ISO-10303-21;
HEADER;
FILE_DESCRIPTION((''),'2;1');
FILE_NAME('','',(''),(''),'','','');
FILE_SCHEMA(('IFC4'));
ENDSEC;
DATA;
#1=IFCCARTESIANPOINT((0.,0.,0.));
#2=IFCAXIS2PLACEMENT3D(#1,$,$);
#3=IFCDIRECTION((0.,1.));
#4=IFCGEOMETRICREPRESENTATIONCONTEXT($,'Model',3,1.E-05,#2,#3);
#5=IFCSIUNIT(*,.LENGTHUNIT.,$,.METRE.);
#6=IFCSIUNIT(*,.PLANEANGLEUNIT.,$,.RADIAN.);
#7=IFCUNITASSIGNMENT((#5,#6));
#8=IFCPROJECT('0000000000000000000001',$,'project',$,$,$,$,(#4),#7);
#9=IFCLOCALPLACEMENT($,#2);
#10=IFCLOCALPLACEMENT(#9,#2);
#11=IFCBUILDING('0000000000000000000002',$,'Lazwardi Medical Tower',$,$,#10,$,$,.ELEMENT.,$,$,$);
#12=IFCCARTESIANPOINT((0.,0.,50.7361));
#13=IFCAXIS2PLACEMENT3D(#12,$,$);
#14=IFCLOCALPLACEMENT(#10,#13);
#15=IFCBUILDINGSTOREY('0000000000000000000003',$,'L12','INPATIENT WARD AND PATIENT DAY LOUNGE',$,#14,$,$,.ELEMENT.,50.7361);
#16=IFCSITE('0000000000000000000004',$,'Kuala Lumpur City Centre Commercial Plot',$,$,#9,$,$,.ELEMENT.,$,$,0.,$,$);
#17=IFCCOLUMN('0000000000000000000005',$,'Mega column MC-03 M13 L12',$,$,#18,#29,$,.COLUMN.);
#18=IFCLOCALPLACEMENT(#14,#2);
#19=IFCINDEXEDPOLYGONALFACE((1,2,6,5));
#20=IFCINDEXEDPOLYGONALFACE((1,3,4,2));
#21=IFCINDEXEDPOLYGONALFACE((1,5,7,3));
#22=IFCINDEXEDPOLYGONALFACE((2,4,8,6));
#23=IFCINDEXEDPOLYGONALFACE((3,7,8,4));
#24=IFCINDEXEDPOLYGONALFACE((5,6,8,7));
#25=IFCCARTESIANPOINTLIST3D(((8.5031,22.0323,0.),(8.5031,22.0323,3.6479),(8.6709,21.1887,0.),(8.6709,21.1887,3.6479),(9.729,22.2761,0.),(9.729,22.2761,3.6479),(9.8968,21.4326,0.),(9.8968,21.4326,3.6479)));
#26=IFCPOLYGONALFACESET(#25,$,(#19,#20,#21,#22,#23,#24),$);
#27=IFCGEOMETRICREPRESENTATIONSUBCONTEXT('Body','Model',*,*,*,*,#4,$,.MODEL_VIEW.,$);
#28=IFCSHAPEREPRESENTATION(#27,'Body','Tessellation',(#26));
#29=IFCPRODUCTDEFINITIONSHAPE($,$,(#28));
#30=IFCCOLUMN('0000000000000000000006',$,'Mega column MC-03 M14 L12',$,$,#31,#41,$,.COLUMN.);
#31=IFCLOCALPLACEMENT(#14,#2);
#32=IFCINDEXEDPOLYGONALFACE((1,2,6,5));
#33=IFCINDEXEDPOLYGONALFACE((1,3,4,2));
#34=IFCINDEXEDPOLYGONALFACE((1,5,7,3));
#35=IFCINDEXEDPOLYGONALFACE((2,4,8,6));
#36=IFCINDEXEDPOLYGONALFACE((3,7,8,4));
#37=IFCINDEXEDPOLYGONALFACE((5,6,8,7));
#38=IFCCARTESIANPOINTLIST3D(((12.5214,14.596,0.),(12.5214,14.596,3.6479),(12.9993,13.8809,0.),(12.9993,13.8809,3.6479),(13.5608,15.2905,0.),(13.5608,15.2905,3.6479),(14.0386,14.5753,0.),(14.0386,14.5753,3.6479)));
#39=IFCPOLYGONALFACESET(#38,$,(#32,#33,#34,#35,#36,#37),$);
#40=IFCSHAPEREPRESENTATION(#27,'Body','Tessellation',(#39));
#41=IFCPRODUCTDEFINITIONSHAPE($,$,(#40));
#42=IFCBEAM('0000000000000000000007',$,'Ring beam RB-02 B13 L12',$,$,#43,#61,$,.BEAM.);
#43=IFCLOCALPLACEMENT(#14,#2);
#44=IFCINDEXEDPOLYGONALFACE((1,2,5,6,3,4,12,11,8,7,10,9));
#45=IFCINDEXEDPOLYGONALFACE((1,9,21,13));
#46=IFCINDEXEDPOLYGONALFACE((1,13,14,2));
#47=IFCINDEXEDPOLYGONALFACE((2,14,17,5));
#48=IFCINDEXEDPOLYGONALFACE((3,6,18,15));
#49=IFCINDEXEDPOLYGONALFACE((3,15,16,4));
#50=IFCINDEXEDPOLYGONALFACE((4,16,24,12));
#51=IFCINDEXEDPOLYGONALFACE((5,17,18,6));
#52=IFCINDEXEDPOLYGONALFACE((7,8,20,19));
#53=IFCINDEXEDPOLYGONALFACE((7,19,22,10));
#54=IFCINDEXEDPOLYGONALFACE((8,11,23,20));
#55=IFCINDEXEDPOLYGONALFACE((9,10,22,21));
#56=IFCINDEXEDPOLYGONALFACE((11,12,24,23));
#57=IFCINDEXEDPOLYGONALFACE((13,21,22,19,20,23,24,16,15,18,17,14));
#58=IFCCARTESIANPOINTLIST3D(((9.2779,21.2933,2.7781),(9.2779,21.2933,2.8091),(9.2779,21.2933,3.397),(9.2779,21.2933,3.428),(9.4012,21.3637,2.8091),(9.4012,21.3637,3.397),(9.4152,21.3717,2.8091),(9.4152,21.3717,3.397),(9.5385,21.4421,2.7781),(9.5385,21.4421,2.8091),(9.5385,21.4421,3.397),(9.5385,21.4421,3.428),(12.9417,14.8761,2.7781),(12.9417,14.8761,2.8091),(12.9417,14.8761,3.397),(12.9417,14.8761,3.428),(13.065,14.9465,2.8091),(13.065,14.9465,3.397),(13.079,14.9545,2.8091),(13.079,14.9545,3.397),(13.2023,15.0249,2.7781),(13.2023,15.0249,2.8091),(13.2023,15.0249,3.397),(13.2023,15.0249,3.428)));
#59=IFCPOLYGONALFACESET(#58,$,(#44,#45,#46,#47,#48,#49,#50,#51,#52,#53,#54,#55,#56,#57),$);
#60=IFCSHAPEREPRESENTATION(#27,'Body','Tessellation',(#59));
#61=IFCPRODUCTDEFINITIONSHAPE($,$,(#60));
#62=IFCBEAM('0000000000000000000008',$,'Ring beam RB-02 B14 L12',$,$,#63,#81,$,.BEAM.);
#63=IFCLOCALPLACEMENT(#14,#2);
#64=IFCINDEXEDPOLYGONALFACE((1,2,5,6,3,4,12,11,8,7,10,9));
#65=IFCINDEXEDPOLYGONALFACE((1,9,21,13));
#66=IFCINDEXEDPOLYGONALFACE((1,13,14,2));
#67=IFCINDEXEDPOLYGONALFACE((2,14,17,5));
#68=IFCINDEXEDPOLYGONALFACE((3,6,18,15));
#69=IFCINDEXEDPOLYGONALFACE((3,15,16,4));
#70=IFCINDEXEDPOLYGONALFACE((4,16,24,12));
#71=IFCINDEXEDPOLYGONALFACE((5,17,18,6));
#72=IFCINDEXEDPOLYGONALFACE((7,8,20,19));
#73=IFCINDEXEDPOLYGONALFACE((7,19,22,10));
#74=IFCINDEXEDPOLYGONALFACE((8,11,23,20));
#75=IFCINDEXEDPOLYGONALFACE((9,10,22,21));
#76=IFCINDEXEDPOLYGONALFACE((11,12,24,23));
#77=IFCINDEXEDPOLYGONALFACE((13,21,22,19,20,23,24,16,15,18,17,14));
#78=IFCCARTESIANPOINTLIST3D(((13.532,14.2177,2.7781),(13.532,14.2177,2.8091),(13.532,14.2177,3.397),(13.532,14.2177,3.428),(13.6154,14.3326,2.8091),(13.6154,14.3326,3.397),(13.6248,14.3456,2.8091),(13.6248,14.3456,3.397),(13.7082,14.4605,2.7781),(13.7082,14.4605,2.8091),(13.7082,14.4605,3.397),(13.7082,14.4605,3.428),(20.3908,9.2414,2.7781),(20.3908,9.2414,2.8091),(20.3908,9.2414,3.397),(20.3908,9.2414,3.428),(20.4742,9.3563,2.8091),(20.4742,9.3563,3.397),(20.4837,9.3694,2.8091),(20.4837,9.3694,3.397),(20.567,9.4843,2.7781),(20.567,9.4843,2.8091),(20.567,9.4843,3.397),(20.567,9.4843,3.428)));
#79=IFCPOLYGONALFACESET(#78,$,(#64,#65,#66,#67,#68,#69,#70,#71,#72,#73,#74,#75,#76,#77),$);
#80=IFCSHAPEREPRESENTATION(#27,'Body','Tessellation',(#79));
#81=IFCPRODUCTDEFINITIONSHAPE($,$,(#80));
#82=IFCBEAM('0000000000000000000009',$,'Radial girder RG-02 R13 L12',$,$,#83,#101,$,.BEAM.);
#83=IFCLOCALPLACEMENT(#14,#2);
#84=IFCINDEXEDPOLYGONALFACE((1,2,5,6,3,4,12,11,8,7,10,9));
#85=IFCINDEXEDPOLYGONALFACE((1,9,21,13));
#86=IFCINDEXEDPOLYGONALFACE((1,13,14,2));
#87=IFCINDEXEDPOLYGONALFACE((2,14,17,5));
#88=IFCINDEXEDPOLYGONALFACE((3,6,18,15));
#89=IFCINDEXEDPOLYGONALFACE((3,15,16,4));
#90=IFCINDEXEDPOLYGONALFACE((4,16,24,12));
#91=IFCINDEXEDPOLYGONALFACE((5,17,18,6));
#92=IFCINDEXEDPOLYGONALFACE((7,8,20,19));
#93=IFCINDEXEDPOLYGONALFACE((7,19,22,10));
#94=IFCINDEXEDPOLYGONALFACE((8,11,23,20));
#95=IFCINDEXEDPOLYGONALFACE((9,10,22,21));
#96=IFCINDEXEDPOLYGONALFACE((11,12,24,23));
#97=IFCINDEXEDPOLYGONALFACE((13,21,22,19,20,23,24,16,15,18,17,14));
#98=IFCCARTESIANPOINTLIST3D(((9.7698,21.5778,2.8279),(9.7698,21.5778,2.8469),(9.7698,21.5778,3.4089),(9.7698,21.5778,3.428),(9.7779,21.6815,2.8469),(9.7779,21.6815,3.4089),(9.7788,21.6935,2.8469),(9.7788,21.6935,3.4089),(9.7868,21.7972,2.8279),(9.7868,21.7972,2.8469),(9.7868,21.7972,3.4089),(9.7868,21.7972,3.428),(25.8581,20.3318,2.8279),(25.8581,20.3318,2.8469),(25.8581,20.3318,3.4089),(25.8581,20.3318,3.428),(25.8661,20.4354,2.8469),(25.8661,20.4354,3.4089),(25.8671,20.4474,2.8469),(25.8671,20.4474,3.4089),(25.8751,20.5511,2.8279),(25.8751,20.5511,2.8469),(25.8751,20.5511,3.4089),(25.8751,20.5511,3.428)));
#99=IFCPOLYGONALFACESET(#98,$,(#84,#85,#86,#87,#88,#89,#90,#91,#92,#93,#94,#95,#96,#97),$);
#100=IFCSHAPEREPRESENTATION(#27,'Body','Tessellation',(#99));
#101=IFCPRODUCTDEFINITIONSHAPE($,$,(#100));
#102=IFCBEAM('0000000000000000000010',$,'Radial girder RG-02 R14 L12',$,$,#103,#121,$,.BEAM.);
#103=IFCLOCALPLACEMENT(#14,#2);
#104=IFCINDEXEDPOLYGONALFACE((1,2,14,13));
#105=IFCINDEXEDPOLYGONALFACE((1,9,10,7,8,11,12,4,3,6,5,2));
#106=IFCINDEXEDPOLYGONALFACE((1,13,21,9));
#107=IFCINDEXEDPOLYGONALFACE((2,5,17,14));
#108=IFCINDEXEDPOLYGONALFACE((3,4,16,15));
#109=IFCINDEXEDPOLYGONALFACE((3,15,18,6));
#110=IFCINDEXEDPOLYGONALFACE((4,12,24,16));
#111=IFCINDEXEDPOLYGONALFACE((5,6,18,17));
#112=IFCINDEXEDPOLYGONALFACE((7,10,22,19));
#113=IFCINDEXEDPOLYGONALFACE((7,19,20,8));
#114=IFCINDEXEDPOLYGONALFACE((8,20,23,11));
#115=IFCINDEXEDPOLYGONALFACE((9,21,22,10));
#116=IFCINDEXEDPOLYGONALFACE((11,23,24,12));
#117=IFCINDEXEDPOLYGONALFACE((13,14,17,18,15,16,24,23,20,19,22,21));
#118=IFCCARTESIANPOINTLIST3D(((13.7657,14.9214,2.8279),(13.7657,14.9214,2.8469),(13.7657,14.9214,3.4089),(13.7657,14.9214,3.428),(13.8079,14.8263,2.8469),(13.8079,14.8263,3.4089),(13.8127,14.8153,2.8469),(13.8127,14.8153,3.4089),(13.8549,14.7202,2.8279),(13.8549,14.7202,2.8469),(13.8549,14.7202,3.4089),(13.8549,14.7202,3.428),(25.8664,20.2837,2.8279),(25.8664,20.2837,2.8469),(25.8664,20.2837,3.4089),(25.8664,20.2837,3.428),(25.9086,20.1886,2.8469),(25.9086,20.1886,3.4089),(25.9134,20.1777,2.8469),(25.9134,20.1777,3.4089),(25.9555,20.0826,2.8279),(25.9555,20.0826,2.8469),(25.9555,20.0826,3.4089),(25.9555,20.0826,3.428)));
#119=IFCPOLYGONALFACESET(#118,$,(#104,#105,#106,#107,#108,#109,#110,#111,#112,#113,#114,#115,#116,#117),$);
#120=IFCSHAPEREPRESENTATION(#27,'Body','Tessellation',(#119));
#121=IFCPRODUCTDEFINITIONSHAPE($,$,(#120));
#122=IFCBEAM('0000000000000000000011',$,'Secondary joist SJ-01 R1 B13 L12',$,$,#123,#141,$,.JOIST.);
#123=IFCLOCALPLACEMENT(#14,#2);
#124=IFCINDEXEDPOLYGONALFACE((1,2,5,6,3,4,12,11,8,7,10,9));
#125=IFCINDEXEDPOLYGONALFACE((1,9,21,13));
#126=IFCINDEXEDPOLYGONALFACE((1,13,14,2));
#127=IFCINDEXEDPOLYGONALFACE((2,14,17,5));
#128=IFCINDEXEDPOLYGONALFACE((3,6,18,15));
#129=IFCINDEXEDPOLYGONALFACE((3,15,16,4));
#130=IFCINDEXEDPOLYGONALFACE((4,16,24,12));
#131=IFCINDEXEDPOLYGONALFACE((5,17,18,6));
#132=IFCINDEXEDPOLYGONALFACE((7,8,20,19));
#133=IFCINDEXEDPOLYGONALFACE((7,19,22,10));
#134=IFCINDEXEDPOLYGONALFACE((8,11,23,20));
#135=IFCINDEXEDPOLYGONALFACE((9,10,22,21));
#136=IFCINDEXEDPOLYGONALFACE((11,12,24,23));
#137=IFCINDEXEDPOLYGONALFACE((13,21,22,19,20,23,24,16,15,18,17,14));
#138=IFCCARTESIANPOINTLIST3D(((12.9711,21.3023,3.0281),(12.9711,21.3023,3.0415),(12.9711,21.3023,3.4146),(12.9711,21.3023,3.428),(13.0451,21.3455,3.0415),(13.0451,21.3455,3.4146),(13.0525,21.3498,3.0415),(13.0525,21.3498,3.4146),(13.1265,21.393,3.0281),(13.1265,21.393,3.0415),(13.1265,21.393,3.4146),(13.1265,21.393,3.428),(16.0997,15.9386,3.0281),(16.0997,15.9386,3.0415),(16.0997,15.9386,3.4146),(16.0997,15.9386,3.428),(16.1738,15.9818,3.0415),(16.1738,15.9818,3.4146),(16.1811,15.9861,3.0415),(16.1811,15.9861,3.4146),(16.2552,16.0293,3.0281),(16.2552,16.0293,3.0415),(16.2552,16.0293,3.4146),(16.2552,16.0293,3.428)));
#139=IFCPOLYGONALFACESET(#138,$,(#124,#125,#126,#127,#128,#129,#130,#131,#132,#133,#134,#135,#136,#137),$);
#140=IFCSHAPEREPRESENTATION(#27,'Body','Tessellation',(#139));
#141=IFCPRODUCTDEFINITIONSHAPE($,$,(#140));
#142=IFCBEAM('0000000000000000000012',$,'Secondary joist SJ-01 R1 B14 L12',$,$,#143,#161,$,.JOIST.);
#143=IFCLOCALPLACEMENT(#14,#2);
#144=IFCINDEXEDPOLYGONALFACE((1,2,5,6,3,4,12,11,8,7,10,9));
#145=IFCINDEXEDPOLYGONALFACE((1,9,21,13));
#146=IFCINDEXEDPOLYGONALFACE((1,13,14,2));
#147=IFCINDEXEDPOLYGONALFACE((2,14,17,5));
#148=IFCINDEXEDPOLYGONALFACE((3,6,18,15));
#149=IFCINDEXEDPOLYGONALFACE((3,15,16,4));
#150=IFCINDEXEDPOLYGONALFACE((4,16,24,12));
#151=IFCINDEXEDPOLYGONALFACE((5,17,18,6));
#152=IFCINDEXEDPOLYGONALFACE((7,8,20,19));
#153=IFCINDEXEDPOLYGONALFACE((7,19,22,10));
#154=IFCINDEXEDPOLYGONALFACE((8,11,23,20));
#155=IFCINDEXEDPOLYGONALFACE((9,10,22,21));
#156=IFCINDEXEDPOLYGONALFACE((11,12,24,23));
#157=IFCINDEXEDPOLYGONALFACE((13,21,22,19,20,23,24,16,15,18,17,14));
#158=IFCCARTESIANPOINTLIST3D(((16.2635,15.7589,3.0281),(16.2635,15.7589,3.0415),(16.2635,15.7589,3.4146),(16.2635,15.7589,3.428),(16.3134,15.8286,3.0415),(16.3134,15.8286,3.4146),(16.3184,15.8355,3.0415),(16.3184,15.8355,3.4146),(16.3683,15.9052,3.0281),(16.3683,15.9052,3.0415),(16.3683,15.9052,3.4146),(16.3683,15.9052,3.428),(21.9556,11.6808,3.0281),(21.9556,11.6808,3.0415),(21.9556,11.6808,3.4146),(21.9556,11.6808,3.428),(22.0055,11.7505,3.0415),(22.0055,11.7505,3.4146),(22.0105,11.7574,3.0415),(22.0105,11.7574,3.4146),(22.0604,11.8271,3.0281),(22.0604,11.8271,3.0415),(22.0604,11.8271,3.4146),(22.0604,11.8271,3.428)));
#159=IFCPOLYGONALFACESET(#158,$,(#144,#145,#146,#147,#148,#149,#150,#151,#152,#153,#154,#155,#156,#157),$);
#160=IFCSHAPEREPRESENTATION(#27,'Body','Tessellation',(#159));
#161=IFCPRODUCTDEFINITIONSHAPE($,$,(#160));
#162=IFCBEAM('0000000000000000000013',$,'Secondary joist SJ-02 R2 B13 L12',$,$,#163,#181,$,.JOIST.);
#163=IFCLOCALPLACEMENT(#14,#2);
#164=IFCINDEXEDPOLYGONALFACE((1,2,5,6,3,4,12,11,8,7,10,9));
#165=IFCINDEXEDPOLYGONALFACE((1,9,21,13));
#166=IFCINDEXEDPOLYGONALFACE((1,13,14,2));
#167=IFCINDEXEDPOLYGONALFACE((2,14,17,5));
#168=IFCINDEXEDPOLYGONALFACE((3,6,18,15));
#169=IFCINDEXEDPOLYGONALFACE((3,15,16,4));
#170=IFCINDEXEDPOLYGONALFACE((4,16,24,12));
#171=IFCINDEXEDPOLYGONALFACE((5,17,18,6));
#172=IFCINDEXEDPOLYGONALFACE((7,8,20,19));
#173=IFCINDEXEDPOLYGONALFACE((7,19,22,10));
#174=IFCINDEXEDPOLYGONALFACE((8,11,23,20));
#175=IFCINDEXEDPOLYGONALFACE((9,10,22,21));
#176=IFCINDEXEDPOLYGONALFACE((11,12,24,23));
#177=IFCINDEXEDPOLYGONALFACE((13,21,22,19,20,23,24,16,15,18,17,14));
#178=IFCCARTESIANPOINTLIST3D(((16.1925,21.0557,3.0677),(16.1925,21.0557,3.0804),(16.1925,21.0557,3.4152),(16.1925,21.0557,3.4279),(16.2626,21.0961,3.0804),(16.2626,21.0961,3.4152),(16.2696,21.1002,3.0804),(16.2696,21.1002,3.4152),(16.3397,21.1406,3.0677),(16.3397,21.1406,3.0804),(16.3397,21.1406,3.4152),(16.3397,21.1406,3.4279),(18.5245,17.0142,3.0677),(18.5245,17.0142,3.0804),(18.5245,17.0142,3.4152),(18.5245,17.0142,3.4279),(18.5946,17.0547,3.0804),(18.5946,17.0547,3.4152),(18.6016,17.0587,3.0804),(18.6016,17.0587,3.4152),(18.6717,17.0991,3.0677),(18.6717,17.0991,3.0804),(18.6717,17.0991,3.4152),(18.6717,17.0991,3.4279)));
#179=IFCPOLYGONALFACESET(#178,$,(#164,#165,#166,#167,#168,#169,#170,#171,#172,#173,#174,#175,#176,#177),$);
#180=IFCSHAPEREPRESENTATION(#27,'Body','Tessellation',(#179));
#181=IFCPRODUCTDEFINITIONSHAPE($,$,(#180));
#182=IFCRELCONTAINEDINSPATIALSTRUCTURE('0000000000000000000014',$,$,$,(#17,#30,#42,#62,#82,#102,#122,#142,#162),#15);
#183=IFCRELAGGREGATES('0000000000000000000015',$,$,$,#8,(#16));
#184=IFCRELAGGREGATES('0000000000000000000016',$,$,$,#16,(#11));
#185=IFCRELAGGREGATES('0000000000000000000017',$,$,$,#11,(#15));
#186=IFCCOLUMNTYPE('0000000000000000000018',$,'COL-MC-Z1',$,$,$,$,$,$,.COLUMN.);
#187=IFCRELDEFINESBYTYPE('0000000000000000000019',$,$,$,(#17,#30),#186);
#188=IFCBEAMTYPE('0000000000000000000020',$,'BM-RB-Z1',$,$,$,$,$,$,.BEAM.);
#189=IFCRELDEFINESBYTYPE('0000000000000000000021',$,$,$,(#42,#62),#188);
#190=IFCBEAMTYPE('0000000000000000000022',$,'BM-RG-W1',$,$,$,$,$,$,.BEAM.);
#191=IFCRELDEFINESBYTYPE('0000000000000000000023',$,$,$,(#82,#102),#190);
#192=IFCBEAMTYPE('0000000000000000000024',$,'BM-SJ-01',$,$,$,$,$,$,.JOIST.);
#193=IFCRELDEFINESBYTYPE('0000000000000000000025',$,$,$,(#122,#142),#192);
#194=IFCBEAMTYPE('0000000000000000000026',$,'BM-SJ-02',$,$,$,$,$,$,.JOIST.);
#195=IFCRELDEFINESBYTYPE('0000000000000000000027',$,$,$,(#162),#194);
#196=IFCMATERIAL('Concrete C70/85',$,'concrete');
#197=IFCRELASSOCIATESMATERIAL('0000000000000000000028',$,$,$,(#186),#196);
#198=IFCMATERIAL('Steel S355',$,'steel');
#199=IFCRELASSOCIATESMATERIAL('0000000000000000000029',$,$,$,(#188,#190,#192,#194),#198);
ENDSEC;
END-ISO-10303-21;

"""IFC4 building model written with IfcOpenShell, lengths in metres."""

from ifc_helpers import new_model, si_unit, direction, frame, origin, origin_2d, place, context, subcontext, project, spatial, rectangle, i_section, extrude, material, material_profile, profile_set, type_object, element, save


model = new_model("IFC4")

# Units and contexts
model_context = context("Model", 3, precision=1e-05, world=origin(), true_north=direction((0.0, 1.0)))
body_context = subcontext(model_context, "Body", "Model", "MODEL_VIEW")
ifc_project = project(units=[si_unit("LENGTHUNIT", "METRE"), si_unit("PLANEANGLEUNIT", "RADIAN")], contexts=[model_context])

# Site, building, storey
site_placement = place(None, origin())
site = spatial("IfcSite", under=ifc_project, at=site_placement, Name="Kuala Lumpur City Centre Commercial Plot", CompositionType="ELEMENT", RefElevation=0.0)
building_placement = place(site_placement, origin())
building = spatial("IfcBuilding", under=site, at=building_placement, Name="Lazwardi Medical Tower", CompositionType="ELEMENT")
storey_placement = place(building_placement, frame((0.0, 0.0, 50.7361)))
storey = spatial("IfcBuildingStorey", under=building, at=storey_placement, Name="L12", Description="INPATIENT WARD AND PATIENT DAY LOUNGE", CompositionType="ELEMENT", Elevation=50.7361)

# Columns
ifc_material_1 = material(Name="Concrete C70/85", Category="concrete")
ifc_material_profile_1 = material_profile(ifc_material_1, rectangle(XDim=1.25, YDim=0.8601, at=origin_2d()), Name="CFT-RECT 1250x860")
ifc_profile_set_1 = profile_set([ifc_material_profile_1], Name="Concrete C70/85")
column_type = type_object("IfcColumnType", Name="COL-MC-Z1", PredefinedType="COLUMN", material=ifc_profile_set_1)
for number, where, z_axis, x_axis, name in (
    (1, (9.2, 21.7324, 0.0), (0.0, 0.0, 1.0), (-0.980785, -0.19509, 0.0), "Mega column MC-03 M13 L12"),
    (2, (13.28, 14.5857, 0.0), (0.0, 0.0, 1.0), (-0.83147, -0.55557, 0.0), "Mega column MC-03 M14 L12"),
):
    element("IfcColumn", number, at=place(storey_placement, frame(where, z_axis=z_axis, x_axis=x_axis)), inside=storey, type_object=column_type, Name=name, PredefinedType="COLUMN", context=body_context, shape_type="SweptSolid", body=[
        extrude(rectangle(XDim=1.25, YDim=0.8601, at=origin_2d()), origin(), (0.0, 0.0, 1.0), 3.6479),
    ])

# Beams
ifc_material_2 = material(Name="Steel S355", Category="steel")
ifc_material_profile_2 = material_profile(ifc_material_2, i_section(OverallWidth=0.3, OverallDepth=0.6499, WebThickness=0.0161, FlangeThickness=0.031, at=origin_2d()), Name="HEB 650")
ifc_profile_set_2 = profile_set([ifc_material_profile_2], Name="Steel S355")
beam_type_1 = type_object("IfcBeamType", Name="BM-RB-Z1", PredefinedType="BEAM", material=ifc_profile_set_2)
beam_1_placement = place(storey_placement, frame((9.4082, 21.3677, 3.103), z_axis=(0.495815, -0.868428, 0.0), x_axis=(0.868428, 0.495815, 0.0)))
element("IfcBeam", 3, at=beam_1_placement, inside=storey, type_object=beam_type_1, Name="Ring beam RB-02 B13 L12", PredefinedType="BEAM", context=body_context, shape_type="SweptSolid", body=[
    extrude(i_section(OverallWidth=0.3, OverallDepth=0.6499, WebThickness=0.0161, FlangeThickness=0.031, at=origin_2d()), origin(), (0.0, 0.0, 1.0), 7.3894),
])
beam_2_placement = place(storey_placement, frame((13.6201, 14.3391, 3.103), z_axis=(0.809407, -0.587248, 0.0), x_axis=(0.587248, 0.809407, 0.0)))
element("IfcBeam", 4, at=beam_2_placement, inside=storey, type_object=beam_type_1, Name="Ring beam RB-02 B14 L12", PredefinedType="BEAM", context=body_context, shape_type="SweptSolid", body=[
    extrude(i_section(OverallWidth=0.3, OverallDepth=0.6499, WebThickness=0.0161, FlangeThickness=0.031, at=origin_2d()), origin(), (0.0, 0.0, 1.0), 8.4739),
])
ifc_material_profile_3 = material_profile(ifc_material_2, i_section(OverallWidth=0.22, OverallDepth=0.6001, WebThickness=0.012, FlangeThickness=0.019, at=origin_2d()), Name="IPE 600")
ifc_profile_set_3 = profile_set([ifc_material_profile_3], Name="Steel S355")
beam_type_2 = type_object("IfcBeamType", Name="BM-RG-W1", PredefinedType="BEAM", material=ifc_profile_set_3)
beam_3_placement = place(storey_placement, frame((9.7783, 21.6875, 3.1279), z_axis=(0.997014, -0.077222, 0.0), x_axis=(0.077222, 0.997014, 0.0)))
element("IfcBeam", 5, at=beam_3_placement, inside=storey, type_object=beam_type_2, Name="Radial girder RG-02 R13 L12", PredefinedType="BEAM", context=body_context, shape_type="SweptSolid", body=[
    extrude(i_section(OverallWidth=0.22, OverallDepth=0.6001, WebThickness=0.012, FlangeThickness=0.019, at=origin_2d()), origin(), (0.0, 0.0, 1.0), 16.1365),
])
beam_4_placement = place(storey_placement, frame((13.8103, 14.8208, 3.1279), z_axis=(0.914252, 0.405146, 0.0), x_axis=(-0.405146, 0.914252, 0.0)))
element("IfcBeam", 6, at=beam_4_placement, inside=storey, type_object=beam_type_2, Name="Radial girder RG-02 R14 L12", PredefinedType="BEAM", context=body_context, shape_type="SweptSolid", body=[
    extrude(i_section(OverallWidth=0.22, OverallDepth=0.6001, WebThickness=0.012, FlangeThickness=0.019, at=origin_2d()), origin(), (0.0, 0.0, 1.0), 13.2356),
])
ifc_material_profile_4 = material_profile(ifc_material_2, i_section(OverallWidth=0.1799, OverallDepth=0.3999, WebThickness=0.0085, FlangeThickness=0.0134, at=origin_2d()), Name="IPE 400")
ifc_profile_set_4 = profile_set([ifc_material_profile_4], Name="Steel S355")
beam_type_3 = type_object("IfcBeamType", Name="BM-SJ-01", PredefinedType="JOIST", material=ifc_profile_set_4)
beam_5_placement = place(storey_placement, frame((13.0488, 21.3477, 3.228), z_axis=(0.503847, -0.863793, 0.0), x_axis=(0.863793, 0.503847, 0.0)))
element("IfcBeam", 7, at=beam_5_placement, inside=storey, type_object=beam_type_3, Name="Secondary joist SJ-01 R1 B13 L12", PredefinedType="JOIST", context=body_context, shape_type="SweptSolid", body=[
    extrude(i_section(OverallWidth=0.1799, OverallDepth=0.3999, WebThickness=0.0085, FlangeThickness=0.0134, at=origin_2d()), origin(), (0.0, 0.0, 1.0), 6.2095),
])
beam_6_placement = place(storey_placement, frame((16.3159, 15.832, 3.228), z_axis=(0.812901, -0.582402, 0.0), x_axis=(0.582402, 0.812901, 0.0)))
element("IfcBeam", 8, at=beam_6_placement, inside=storey, type_object=beam_type_3, Name="Secondary joist SJ-01 R1 B14 L12", PredefinedType="JOIST", context=body_context, shape_type="SweptSolid", body=[
    extrude(i_section(OverallWidth=0.1799, OverallDepth=0.3999, WebThickness=0.0085, FlangeThickness=0.0134, at=origin_2d()), origin(), (0.0, 0.0, 1.0), 7.0022),
])
ifc_material_profile_5 = material_profile(ifc_material_2, i_section(OverallWidth=0.1699, OverallDepth=0.3601, WebThickness=0.0081, FlangeThickness=0.0127, at=origin_2d()), Name="IPE 360")
ifc_profile_set_5 = profile_set([ifc_material_profile_5], Name="Steel S355")
beam_type_4 = type_object("IfcBeamType", Name="BM-SJ-02", PredefinedType="JOIST", material=ifc_profile_set_5)
beam_7_placement = place(storey_placement, frame((16.2661, 21.0981, 3.2478), z_axis=(0.499786, -0.866149, 0.0), x_axis=(0.866149, 0.499786, 0.0)))
element("IfcBeam", 9, at=beam_7_placement, inside=storey, type_object=beam_type_4, Name="Secondary joist SJ-02 R2 B13 L12", PredefinedType="JOIST", context=body_context, shape_type="SweptSolid", body=[
    extrude(i_section(OverallWidth=0.1699, OverallDepth=0.3601, WebThickness=0.0081, FlangeThickness=0.0127, at=origin_2d()), origin(), (0.0, 0.0, 1.0), 4.666),
])

save(model, "model.ifc")
